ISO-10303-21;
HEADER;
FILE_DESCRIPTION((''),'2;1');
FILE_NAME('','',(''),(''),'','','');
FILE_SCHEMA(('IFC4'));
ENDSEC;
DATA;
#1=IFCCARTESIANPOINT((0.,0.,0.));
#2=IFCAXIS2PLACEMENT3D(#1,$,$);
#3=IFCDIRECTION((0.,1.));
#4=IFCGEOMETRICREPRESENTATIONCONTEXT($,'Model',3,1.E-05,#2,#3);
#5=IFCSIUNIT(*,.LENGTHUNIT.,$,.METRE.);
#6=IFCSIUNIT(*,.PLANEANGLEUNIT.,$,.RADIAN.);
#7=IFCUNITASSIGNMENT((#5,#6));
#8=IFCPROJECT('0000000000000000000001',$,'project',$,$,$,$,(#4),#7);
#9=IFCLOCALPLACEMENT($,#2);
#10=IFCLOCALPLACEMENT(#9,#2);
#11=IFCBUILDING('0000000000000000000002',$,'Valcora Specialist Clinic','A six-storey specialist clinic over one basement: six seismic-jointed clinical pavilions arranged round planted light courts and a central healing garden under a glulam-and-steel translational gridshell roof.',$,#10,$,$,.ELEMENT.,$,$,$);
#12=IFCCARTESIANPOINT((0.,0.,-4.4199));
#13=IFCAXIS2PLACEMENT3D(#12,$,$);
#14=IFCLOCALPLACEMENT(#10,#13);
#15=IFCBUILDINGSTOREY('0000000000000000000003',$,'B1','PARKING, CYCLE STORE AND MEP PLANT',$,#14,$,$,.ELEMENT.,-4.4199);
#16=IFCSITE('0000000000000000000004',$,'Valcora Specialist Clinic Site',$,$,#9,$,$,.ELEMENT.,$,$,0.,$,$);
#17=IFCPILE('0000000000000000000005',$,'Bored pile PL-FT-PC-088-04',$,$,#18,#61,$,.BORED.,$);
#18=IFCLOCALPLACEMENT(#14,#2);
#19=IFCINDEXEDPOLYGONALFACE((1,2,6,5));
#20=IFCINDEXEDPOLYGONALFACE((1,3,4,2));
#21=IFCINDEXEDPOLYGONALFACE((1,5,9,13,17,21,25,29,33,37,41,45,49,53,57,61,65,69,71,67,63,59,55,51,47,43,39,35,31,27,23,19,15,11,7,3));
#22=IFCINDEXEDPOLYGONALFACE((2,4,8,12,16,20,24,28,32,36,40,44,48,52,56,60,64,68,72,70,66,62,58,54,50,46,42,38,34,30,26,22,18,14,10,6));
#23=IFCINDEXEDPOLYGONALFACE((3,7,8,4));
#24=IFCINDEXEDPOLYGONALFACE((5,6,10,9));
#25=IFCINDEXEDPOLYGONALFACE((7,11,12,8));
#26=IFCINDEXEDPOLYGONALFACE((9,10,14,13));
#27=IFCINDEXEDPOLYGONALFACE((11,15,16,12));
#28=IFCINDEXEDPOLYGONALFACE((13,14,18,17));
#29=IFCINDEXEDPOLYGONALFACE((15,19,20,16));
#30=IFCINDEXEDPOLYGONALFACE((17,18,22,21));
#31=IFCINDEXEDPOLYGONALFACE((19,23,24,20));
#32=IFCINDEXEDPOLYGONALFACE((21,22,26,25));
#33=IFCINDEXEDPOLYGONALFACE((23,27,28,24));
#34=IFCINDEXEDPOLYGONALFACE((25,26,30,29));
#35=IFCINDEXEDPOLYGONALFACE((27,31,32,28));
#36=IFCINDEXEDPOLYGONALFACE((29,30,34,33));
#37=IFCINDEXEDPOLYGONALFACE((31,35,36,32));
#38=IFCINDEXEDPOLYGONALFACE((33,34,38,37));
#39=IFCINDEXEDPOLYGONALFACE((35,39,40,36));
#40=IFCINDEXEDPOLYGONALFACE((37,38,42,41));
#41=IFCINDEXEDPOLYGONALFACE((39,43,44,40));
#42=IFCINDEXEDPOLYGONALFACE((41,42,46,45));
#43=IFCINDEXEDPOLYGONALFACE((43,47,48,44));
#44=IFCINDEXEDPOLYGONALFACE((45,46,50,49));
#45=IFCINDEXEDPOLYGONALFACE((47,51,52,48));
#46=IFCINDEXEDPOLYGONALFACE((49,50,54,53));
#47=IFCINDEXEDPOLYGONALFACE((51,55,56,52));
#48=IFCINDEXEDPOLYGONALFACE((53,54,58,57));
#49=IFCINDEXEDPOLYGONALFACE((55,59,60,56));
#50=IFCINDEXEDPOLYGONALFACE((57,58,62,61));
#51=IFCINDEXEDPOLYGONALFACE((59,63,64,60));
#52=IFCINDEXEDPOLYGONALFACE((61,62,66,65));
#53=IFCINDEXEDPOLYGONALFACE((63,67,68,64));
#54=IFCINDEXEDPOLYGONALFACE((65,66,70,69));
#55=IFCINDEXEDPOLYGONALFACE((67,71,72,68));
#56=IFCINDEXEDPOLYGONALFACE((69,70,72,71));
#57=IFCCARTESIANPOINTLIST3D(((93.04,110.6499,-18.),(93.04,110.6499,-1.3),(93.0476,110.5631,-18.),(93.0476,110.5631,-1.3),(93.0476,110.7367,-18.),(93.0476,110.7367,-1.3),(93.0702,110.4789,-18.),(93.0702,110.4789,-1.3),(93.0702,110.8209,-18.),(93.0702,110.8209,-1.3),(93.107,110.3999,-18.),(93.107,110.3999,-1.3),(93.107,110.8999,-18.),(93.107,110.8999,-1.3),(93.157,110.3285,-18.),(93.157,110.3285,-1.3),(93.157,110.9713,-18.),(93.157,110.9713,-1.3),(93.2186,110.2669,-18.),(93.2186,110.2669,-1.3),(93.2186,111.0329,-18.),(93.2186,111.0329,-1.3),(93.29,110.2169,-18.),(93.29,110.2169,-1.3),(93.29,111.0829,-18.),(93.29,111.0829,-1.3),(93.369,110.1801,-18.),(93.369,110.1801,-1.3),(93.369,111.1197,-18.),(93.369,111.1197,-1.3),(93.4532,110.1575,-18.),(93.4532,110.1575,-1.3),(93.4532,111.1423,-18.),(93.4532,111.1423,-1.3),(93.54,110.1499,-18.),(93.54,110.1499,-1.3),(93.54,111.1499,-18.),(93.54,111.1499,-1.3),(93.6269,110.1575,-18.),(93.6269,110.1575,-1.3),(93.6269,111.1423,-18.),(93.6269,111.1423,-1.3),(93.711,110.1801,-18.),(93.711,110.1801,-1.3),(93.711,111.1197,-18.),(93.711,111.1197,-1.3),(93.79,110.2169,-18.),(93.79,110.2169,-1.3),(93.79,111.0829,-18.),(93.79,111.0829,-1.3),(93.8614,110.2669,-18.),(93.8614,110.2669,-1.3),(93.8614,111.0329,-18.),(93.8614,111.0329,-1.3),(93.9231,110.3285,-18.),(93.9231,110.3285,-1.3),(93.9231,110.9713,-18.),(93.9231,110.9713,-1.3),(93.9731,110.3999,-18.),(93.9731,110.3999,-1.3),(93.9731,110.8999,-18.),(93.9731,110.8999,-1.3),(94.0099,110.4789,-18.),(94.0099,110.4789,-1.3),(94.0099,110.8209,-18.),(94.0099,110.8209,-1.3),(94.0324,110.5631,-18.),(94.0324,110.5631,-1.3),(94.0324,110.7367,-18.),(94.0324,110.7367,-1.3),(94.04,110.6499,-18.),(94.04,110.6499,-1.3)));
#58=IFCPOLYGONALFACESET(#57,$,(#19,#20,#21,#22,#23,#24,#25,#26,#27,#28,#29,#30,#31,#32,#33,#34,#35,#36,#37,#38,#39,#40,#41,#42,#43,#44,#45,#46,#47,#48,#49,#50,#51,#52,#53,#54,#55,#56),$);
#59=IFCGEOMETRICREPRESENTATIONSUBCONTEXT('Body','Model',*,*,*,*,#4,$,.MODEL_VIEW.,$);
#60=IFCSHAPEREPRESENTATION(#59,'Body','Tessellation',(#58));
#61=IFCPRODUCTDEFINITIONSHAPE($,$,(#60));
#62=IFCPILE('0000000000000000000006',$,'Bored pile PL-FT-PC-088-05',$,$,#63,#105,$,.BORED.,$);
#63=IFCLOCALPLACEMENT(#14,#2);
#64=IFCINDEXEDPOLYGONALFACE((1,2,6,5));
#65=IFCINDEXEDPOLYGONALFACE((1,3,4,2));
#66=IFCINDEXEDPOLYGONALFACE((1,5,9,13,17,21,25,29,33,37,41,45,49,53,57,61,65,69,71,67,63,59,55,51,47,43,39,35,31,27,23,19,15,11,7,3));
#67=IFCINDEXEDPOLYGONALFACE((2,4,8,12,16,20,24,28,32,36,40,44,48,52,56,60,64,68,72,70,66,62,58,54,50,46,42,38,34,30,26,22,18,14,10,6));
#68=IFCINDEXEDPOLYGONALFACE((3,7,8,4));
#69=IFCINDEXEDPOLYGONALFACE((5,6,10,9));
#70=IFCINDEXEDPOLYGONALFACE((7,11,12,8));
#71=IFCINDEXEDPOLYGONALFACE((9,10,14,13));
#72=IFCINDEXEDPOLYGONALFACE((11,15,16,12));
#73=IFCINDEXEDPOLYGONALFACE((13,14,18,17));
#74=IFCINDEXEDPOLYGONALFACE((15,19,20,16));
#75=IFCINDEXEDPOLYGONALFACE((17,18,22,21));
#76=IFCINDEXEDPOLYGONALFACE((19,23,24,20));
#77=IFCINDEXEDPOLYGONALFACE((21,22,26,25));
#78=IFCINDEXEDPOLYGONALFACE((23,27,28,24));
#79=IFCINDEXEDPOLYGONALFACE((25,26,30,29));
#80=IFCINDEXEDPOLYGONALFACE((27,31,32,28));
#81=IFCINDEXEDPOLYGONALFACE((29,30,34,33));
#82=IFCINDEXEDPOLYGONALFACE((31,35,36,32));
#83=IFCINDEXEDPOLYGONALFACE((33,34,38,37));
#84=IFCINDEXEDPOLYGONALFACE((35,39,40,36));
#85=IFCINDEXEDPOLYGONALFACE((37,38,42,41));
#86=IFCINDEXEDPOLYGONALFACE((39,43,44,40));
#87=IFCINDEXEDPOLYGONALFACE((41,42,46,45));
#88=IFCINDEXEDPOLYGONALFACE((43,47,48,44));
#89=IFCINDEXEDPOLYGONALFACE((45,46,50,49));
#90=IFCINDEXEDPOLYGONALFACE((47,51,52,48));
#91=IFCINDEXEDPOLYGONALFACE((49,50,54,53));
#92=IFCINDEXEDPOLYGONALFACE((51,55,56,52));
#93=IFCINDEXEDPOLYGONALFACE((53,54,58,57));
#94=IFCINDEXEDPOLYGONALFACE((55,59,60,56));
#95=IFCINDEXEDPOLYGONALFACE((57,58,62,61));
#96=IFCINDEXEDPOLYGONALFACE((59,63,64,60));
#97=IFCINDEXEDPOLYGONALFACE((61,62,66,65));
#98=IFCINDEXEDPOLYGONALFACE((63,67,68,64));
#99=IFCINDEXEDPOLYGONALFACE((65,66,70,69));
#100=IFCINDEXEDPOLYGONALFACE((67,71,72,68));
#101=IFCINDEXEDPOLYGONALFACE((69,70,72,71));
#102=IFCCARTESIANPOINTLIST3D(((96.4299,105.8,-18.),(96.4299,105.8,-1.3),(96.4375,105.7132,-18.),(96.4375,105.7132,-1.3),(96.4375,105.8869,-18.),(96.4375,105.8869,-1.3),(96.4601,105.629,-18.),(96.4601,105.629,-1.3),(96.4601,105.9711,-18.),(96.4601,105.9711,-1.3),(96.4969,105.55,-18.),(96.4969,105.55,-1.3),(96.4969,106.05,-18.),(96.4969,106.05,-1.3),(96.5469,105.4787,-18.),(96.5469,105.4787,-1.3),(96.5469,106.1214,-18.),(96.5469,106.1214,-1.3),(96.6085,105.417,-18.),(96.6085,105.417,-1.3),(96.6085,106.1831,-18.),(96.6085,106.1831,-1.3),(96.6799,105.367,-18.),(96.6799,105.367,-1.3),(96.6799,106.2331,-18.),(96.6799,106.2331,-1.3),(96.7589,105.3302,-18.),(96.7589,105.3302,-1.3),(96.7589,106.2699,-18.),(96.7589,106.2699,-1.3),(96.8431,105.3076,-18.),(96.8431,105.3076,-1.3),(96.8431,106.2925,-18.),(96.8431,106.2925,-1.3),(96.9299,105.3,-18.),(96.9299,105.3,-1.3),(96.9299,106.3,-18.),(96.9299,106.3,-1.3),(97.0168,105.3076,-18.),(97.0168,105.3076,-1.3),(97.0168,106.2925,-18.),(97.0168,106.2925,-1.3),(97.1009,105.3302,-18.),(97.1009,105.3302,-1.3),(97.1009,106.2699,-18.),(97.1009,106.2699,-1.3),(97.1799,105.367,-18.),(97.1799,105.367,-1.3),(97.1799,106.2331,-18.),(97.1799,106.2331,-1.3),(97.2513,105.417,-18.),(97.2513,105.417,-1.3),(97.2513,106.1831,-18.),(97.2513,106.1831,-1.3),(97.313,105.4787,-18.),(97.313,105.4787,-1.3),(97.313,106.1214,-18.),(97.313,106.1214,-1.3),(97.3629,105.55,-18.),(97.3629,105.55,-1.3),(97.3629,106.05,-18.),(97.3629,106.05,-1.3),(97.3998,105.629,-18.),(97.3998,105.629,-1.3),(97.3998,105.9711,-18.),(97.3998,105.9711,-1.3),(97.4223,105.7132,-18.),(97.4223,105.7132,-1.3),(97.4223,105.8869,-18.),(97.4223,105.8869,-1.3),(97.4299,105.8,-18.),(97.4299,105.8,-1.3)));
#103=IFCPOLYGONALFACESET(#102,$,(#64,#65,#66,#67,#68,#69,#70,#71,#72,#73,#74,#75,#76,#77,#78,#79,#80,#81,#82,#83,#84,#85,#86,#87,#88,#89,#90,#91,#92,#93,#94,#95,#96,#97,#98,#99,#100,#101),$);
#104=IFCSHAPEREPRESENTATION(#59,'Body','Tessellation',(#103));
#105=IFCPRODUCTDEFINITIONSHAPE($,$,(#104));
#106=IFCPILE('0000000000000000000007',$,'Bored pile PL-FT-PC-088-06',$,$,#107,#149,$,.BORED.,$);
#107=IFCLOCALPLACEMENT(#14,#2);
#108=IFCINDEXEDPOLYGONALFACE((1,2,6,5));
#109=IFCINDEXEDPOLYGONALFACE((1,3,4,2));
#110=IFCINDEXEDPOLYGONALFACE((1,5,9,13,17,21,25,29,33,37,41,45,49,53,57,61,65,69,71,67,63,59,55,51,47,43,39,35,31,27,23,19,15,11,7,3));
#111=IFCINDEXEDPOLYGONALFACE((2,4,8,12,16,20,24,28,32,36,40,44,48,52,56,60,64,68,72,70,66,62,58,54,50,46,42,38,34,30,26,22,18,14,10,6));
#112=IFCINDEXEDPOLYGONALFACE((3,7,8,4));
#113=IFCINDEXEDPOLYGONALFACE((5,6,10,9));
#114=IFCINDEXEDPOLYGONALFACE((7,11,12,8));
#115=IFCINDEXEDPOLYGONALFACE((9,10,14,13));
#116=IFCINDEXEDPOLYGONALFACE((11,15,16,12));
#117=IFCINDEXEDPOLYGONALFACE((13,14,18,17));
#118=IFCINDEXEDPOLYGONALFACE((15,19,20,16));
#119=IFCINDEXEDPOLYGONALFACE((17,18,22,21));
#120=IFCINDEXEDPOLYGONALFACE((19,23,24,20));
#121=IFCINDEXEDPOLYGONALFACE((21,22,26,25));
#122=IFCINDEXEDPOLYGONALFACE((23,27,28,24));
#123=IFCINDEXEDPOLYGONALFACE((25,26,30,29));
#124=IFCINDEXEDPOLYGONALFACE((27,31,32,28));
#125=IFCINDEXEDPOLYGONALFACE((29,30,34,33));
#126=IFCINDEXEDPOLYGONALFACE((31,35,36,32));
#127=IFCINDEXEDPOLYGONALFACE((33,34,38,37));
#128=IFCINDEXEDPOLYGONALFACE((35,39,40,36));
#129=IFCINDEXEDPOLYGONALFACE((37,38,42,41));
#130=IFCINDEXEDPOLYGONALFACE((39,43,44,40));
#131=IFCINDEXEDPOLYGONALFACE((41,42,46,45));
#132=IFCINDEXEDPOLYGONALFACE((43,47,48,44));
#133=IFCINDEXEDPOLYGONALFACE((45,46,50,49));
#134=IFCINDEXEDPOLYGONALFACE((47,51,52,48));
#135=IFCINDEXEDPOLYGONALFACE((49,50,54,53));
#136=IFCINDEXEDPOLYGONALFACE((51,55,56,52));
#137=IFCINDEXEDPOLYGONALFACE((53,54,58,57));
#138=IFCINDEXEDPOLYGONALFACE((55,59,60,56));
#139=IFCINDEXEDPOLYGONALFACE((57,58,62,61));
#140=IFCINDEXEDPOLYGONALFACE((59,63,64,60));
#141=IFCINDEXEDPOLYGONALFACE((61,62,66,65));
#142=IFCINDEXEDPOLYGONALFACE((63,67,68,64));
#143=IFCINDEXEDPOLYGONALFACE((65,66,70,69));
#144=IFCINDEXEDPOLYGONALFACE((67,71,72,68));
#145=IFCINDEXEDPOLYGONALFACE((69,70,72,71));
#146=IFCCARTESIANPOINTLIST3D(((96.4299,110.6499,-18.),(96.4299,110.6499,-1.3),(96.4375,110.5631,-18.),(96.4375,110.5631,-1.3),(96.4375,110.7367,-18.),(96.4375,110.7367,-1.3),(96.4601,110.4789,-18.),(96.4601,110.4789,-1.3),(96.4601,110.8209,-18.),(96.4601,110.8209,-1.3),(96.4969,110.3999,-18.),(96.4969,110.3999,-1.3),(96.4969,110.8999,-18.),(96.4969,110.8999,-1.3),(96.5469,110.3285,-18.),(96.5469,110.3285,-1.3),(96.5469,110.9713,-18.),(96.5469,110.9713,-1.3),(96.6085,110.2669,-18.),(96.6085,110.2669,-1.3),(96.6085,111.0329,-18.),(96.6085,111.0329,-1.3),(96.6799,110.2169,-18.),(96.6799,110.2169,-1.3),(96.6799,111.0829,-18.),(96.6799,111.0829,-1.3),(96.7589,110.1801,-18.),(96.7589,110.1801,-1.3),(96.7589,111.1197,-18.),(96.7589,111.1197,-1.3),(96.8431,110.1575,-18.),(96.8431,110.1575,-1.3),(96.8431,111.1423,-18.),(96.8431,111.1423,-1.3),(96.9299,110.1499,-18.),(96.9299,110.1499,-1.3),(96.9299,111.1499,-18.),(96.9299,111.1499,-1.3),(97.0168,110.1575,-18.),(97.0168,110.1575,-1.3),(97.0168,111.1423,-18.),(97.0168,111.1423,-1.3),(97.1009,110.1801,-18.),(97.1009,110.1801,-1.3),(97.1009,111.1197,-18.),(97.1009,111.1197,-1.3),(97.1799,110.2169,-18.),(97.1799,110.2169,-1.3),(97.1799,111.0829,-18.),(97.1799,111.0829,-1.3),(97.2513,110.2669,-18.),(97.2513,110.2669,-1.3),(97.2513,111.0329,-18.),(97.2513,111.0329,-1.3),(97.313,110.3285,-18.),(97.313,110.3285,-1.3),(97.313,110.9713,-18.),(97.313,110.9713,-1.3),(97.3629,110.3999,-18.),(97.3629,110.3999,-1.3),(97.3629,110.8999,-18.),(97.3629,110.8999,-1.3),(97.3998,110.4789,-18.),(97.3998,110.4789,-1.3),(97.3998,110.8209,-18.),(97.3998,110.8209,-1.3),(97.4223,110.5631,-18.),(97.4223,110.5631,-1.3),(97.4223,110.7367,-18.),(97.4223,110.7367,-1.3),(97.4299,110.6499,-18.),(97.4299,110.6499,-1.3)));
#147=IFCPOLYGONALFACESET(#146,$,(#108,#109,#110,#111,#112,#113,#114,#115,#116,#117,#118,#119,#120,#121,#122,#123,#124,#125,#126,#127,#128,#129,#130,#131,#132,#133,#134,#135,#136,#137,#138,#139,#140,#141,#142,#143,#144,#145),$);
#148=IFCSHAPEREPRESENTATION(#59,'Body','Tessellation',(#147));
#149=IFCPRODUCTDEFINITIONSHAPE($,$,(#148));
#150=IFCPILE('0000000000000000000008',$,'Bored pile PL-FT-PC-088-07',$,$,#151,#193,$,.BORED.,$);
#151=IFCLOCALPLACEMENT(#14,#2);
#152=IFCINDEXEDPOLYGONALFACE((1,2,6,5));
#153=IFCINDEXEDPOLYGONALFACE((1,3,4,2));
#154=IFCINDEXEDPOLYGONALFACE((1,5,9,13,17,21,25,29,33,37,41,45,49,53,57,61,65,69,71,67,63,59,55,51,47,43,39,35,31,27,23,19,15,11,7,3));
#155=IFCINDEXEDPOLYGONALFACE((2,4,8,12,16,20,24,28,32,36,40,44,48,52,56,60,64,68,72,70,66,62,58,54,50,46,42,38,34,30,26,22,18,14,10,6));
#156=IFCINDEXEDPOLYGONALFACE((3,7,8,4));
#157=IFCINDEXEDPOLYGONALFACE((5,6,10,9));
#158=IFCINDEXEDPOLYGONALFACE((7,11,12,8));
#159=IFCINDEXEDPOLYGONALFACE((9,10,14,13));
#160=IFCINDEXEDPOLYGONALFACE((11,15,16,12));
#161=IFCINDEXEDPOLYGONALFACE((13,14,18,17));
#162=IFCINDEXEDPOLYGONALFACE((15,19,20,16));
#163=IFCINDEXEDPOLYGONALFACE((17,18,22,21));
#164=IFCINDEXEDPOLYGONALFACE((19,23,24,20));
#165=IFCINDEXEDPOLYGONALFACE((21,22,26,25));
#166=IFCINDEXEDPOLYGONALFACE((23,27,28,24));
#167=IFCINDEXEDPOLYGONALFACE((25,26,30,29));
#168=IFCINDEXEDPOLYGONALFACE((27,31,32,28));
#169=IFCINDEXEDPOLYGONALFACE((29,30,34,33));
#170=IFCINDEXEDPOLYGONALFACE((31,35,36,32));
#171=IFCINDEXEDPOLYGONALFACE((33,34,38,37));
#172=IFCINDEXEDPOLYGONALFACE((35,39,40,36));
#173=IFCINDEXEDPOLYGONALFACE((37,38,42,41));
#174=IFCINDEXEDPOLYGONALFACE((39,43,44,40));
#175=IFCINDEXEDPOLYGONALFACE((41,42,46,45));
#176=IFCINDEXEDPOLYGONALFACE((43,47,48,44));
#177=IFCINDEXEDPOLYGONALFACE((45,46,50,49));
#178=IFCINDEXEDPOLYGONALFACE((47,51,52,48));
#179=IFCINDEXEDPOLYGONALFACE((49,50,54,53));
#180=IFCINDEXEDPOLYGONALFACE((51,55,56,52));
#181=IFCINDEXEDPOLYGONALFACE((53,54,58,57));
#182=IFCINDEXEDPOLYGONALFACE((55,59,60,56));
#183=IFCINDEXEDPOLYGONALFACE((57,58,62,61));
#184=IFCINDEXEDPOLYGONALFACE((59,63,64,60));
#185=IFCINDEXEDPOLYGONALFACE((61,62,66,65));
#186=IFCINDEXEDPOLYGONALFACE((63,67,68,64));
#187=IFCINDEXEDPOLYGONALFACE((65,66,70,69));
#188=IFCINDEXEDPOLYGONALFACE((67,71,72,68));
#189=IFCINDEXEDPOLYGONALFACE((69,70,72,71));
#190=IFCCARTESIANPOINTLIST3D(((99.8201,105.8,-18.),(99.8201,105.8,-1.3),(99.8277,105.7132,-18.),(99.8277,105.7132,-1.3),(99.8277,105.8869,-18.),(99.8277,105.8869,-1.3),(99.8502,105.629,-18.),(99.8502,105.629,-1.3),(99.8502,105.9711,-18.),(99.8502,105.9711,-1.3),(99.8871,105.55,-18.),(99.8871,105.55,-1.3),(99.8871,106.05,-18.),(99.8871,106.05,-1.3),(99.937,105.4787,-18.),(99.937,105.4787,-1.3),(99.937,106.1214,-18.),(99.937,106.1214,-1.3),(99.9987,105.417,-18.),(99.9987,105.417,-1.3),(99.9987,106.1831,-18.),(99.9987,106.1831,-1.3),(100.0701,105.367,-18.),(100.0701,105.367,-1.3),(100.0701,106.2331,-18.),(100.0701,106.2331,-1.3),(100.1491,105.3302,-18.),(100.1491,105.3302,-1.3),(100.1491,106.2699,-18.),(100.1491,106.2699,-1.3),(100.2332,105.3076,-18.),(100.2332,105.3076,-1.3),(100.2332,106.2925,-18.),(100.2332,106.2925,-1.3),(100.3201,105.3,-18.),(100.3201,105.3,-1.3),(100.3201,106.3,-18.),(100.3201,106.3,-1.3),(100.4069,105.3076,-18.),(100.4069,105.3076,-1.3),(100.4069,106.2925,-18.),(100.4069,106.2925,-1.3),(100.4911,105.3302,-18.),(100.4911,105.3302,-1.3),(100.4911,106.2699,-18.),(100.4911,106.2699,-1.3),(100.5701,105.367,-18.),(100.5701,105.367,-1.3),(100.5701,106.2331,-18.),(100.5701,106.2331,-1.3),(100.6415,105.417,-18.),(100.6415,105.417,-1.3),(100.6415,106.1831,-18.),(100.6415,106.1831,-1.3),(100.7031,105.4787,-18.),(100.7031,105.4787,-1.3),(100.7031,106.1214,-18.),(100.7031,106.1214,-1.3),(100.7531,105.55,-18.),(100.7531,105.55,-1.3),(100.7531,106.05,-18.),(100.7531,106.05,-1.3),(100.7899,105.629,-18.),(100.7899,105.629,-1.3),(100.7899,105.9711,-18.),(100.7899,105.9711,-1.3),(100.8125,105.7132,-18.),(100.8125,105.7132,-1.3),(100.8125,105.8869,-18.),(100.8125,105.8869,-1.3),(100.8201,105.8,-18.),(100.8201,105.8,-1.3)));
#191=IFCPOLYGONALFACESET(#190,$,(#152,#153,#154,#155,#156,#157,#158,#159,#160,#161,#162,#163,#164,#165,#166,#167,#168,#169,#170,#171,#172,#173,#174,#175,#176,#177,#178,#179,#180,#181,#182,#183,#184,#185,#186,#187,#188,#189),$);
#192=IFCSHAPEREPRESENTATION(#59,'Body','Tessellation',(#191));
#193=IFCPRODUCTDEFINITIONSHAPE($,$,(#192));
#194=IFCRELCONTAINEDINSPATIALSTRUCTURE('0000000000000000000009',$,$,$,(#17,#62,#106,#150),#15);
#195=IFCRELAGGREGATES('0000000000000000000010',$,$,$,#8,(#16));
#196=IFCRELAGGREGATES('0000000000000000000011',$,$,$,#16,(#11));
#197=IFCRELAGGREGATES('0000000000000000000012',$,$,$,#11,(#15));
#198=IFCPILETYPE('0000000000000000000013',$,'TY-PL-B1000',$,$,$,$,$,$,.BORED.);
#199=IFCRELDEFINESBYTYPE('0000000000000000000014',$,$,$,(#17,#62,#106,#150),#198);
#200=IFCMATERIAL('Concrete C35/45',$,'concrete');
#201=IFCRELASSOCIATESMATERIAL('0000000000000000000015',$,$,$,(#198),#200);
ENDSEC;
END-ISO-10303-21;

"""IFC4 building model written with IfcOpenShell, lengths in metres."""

from ifc_helpers import new_model, si_unit, direction, frame, origin, origin_2d, place, context, subcontext, project, spatial, circle, extrude, material, material_profile, profile_set, type_object, element, save


model = new_model("IFC4")

# Units and contexts
model_context = context("Model", 3, precision=1e-05, world=origin(), true_north=direction((0.0, 1.0)))
body_context = subcontext(model_context, "Body", "Model", "MODEL_VIEW")
ifc_project = project(units=[si_unit("LENGTHUNIT", "METRE"), si_unit("PLANEANGLEUNIT", "RADIAN")], contexts=[model_context])

# Site, building, storey
site_placement = place(None, origin())
site = spatial("IfcSite", under=ifc_project, at=site_placement, Name="Valcora Specialist Clinic Site", CompositionType="ELEMENT", RefElevation=0.0)
building_placement = place(site_placement, origin())
building = spatial("IfcBuilding", under=site, at=building_placement, Name="Valcora Specialist Clinic", Description="A six-storey specialist clinic over one basement: six seismic-jointed clinical pavilions arranged round planted light courts and a central healing garden under a glulam-and-steel translational gridshell roof.", CompositionType="ELEMENT")
storey_placement = place(building_placement, frame((0.0, 0.0, -4.4199)))
storey = spatial("IfcBuildingStorey", under=building, at=storey_placement, Name="B1", Description="PARKING, CYCLE STORE AND MEP PLANT", CompositionType="ELEMENT", Elevation=-4.4199)

# Shared definitions
ifc_material_1 = material(Name="Concrete C35/45", Category="concrete")

# Piles
ifc_material_profile_1 = material_profile(ifc_material_1, circle(Radius=0.5, at=origin_2d()), Name="RC-PIL-D1000")
ifc_profile_set_1 = profile_set([ifc_material_profile_1], Name="Concrete C35/45")
pile_type_1 = type_object("IfcPileType", Name="TY-PL-B1000", PredefinedType="BORED", material=ifc_profile_set_1)
for number, where, z_axis, x_axis, name in (
    (1, (93.54, 110.6499, -1.3), (0.0, 0.0, -1.0), (1.0, 0.0, 0.0), "Bored pile PL-FT-PC-088-04"),
    (2, (96.9299, 105.8, -1.3), (0.0, 0.0, -1.0), (1.0, 0.0, 0.0), "Bored pile PL-FT-PC-088-05"),
    (3, (96.9299, 110.6499, -1.3), (0.0, 0.0, -1.0), (1.0, 0.0, 0.0), "Bored pile PL-FT-PC-088-06"),
    (4, (100.3201, 105.8, -1.3), (0.0, 0.0, -1.0), (1.0, 0.0, 0.0), "Bored pile PL-FT-PC-088-07"),
):
    element("IfcPile", number, at=place(storey_placement, frame(where, z_axis=z_axis, x_axis=x_axis)), inside=storey, type_object=pile_type_1, Name=name, PredefinedType="BORED", context=body_context, shape_type="SweptSolid", body=[
        extrude(circle(Radius=0.5, at=origin_2d()), origin(), (0.0, 0.0, 1.0), 16.7),
    ])

save(model, "model.ifc")
